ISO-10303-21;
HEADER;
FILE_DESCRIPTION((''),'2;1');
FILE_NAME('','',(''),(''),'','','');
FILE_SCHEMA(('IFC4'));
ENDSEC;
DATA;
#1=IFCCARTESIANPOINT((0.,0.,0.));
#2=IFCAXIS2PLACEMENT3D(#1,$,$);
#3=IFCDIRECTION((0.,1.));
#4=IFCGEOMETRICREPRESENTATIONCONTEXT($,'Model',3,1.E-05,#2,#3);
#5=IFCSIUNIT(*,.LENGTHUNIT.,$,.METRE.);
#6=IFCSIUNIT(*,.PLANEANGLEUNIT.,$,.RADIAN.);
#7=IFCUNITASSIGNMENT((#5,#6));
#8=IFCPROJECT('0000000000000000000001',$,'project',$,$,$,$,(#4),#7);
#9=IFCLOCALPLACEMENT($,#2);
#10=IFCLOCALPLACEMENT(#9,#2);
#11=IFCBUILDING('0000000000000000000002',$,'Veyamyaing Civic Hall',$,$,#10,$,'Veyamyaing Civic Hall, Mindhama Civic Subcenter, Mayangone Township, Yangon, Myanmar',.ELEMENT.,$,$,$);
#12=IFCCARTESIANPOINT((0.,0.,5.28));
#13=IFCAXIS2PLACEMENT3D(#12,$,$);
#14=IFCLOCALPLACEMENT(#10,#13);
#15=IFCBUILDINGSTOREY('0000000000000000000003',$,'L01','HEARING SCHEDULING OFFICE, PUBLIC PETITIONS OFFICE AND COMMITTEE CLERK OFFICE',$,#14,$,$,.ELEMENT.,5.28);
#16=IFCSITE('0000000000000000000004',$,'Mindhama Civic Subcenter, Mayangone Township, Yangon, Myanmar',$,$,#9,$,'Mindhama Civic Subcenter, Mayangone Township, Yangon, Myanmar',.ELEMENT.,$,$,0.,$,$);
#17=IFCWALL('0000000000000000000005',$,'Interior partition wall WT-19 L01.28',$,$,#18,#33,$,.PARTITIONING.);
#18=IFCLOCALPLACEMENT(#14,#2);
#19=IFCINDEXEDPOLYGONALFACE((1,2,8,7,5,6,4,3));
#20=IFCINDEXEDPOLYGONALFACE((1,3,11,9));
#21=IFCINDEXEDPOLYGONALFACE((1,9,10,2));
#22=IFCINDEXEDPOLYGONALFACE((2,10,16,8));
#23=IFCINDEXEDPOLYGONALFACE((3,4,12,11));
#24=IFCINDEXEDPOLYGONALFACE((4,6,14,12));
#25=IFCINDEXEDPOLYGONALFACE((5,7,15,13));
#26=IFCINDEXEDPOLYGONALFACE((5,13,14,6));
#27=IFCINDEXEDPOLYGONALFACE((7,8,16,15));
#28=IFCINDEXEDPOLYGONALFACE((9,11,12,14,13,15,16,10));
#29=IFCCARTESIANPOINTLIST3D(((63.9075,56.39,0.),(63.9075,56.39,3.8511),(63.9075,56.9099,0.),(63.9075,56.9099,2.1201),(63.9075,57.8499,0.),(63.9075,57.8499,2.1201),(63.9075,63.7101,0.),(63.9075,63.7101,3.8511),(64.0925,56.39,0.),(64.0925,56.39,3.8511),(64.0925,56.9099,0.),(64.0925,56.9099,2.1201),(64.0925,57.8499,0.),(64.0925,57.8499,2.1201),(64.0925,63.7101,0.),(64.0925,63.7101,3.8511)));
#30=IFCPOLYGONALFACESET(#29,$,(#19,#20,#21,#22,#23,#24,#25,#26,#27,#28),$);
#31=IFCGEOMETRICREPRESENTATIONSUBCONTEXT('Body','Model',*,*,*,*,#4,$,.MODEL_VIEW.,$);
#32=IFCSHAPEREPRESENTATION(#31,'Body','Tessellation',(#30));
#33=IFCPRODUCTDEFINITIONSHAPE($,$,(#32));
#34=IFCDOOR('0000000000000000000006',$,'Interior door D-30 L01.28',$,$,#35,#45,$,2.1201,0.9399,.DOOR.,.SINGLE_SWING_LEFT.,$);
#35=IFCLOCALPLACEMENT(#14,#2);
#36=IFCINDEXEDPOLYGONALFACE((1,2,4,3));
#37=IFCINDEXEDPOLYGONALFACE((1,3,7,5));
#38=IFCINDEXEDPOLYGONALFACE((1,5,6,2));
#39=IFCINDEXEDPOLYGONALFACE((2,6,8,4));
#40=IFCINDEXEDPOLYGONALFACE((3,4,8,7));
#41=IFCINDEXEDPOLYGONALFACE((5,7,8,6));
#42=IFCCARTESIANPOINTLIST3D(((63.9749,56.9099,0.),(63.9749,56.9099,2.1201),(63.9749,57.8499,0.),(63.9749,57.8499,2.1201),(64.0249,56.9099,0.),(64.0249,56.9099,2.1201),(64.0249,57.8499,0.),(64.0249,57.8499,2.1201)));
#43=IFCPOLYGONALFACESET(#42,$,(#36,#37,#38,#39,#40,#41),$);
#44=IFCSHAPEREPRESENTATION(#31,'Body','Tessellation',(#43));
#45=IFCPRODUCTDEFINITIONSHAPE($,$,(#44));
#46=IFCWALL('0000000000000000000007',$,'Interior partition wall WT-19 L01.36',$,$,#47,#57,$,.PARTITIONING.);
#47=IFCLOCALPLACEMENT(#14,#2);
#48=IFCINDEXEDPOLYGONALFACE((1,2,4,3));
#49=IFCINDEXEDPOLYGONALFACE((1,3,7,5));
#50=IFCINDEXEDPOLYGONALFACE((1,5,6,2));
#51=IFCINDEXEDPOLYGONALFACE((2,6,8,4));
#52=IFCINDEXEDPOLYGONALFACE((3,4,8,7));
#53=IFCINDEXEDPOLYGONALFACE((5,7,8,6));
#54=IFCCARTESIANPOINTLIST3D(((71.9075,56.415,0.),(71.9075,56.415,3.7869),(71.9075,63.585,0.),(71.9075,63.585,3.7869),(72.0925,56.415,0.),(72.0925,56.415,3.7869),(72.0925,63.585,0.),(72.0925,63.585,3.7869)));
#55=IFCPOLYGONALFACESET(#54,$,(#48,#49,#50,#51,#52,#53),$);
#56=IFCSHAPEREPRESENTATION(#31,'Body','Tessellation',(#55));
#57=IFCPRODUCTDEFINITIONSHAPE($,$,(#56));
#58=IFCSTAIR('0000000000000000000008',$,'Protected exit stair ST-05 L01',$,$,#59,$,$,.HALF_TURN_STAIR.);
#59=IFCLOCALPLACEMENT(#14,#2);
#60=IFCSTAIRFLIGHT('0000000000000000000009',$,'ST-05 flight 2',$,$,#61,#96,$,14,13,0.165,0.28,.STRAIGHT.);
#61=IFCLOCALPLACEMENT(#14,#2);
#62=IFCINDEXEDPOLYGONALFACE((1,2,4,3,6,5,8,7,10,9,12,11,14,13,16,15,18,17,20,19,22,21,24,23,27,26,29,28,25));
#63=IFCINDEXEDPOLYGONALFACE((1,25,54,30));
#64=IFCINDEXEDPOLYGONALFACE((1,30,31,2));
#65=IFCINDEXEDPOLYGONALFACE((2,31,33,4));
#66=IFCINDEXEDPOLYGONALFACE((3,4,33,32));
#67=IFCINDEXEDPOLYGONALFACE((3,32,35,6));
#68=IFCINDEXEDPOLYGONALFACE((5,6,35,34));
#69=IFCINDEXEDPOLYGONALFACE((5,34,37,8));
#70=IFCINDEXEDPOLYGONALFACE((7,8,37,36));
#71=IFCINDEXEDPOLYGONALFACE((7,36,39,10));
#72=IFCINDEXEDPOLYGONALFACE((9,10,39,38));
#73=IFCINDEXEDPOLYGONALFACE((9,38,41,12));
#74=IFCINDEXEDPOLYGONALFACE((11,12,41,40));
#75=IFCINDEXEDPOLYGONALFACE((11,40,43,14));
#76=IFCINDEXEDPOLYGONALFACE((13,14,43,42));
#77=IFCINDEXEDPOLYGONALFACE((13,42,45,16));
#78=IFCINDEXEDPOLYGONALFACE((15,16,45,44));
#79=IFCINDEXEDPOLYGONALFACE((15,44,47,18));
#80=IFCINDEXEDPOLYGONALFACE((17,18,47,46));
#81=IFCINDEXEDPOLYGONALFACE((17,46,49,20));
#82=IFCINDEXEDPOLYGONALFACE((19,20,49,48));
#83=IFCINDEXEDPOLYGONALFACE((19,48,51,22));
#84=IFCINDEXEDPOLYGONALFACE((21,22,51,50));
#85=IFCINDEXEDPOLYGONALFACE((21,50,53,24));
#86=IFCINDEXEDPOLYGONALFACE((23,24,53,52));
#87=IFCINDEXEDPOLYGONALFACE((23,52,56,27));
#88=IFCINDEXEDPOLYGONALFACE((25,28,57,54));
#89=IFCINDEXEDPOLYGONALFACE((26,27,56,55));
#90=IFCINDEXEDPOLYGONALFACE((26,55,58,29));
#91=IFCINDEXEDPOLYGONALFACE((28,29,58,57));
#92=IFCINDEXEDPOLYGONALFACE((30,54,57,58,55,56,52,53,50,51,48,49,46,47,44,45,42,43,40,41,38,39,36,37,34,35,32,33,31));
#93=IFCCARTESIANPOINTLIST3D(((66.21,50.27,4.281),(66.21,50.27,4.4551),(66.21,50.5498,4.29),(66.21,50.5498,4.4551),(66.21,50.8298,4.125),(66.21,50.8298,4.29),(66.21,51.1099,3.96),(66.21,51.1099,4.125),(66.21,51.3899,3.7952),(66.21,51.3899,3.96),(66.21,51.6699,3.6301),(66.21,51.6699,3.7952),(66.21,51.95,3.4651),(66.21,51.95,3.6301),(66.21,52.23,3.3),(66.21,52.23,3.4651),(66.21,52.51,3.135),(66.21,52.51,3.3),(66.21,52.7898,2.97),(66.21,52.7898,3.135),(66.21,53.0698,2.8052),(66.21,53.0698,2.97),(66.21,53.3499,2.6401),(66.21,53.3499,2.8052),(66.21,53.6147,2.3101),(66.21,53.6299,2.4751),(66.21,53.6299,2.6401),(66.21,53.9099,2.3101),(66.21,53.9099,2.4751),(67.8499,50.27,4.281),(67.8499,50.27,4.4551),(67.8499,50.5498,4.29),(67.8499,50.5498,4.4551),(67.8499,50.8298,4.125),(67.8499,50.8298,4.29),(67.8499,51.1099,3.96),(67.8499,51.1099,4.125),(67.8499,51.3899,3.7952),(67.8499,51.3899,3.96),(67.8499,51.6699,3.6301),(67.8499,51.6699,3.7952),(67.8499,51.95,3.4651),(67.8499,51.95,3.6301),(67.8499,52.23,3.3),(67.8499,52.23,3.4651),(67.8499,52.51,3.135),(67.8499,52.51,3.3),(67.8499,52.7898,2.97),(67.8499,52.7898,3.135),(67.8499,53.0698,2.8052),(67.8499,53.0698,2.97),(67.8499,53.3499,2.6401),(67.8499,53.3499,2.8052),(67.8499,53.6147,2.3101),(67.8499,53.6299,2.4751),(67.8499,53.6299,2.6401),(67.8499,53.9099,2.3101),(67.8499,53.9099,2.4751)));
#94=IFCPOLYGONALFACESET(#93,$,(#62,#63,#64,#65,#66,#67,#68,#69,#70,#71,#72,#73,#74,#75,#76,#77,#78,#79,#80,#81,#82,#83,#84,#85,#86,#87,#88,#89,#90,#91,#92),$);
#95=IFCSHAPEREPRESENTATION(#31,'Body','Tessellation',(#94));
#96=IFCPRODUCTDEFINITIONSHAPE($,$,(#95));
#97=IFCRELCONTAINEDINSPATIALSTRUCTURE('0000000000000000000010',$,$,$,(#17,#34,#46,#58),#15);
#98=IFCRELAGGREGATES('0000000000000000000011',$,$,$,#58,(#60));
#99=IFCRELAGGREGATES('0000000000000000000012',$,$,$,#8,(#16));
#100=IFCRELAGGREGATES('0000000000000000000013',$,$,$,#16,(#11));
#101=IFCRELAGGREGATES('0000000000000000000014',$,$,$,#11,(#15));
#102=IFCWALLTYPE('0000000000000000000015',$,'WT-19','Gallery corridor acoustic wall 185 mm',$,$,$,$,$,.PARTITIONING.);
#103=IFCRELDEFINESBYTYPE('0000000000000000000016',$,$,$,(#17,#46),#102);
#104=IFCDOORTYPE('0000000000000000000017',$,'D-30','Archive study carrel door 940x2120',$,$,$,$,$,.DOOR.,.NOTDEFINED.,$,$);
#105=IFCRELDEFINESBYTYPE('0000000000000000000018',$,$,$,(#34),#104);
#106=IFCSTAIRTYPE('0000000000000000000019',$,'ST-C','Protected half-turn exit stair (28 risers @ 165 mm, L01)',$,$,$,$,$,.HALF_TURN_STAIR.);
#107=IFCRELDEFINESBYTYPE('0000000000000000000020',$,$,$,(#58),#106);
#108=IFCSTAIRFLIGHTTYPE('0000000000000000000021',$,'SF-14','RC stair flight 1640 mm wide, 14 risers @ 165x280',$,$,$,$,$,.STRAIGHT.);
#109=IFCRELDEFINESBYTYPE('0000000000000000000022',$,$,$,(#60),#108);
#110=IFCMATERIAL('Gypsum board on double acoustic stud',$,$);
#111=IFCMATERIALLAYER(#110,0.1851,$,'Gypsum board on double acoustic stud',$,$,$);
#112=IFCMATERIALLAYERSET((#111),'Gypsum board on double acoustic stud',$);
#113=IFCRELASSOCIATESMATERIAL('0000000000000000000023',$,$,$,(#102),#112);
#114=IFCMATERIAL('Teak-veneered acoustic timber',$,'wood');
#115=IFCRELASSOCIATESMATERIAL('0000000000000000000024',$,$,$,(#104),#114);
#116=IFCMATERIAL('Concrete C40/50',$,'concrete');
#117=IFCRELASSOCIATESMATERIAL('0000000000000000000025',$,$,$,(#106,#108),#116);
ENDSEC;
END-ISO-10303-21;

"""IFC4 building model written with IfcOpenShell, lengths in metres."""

from ifc_helpers import new_model, si_unit, direction, frame, frame_2d, origin, place, context, subcontext, project, spatial, polyline, rectangle, outline, extrude, material, layer, layer_set, type_object, element, fill, aggregate, save


model = new_model("IFC4")

# Units and contexts
model_context = context("Model", 3, precision=1e-05, world=origin(), true_north=direction((0.0, 1.0)))
body_context = subcontext(model_context, "Body", "Model", "MODEL_VIEW")
ifc_project = project(units=[si_unit("LENGTHUNIT", "METRE"), si_unit("PLANEANGLEUNIT", "RADIAN")], contexts=[model_context])

# Site, building, storey
site_placement = place(None, origin())
site = spatial("IfcSite", under=ifc_project, at=site_placement, Name="Mindhama Civic Subcenter, Mayangone Township, Yangon, Myanmar", LongName="Mindhama Civic Subcenter, Mayangone Township, Yangon, Myanmar", CompositionType="ELEMENT", RefElevation=0.0)
building_placement = place(site_placement, origin())
building = spatial("IfcBuilding", under=site, at=building_placement, Name="Veyamyaing Civic Hall", LongName="Veyamyaing Civic Hall, Mindhama Civic Subcenter, Mayangone Township, Yangon, Myanmar", CompositionType="ELEMENT")
storey_placement = place(building_placement, frame((0.0, 0.0, 5.28)))
storey = spatial("IfcBuildingStorey", under=building, at=storey_placement, Name="L01", Description="HEARING SCHEDULING OFFICE, PUBLIC PETITIONS OFFICE AND COMMITTEE CLERK OFFICE", CompositionType="ELEMENT", Elevation=5.28)

# Shared definitions
ifc_material_1 = material(Name="Concrete C40/50", Category="concrete")

# Wall, opening, door
ifc_material_2 = material(Name="Gypsum board on double acoustic stud")
ifc_layer_1 = layer(ifc_material_2, 0.1851, Name="Gypsum board on double acoustic stud")
ifc_layer_set_1 = layer_set([ifc_layer_1], Name="Gypsum board on double acoustic stud")
wall_type_1 = type_object("IfcWallType", Name="WT-19", Description="Gallery corridor acoustic wall 185 mm", PredefinedType="PARTITIONING", material=ifc_layer_set_1)
wall_1_placement = place(storey_placement, frame((64.0, 56.3899, 0.0), z_axis=(0.0, 0.0, 1.0), x_axis=(0.0, 1.0, 0.0)))
wall_1 = element("IfcWall", 1, at=wall_1_placement, inside=storey, type_object=wall_type_1, Name="Interior partition wall WT-19 L01.28", PredefinedType="PARTITIONING", context=body_context, shape_type="SweptSolid", body=[
    extrude(rectangle(XDim=7.3201, YDim=0.1851, at=frame_2d((3.6602, 0.0))), origin(), (0.0, 0.0, 1.0), 3.8511),
])
opening_placement = place(wall_1_placement, frame((0.52, 0.0, 0.0)))
opening = element("IfcOpeningElement", 2, at=opening_placement, cuts=wall_1, PredefinedType="OPENING", context=body_context, shape_type="SweptSolid", body=[
    extrude(rectangle(XDim=0.9399, YDim=2.1201, at=frame_2d((0.47, 1.0601))), frame((0.0, 0.1025, 0.0), z_axis=(0.0, -1.0, 0.0), x_axis=(1.0, 0.0, 0.0)), (0.0, 0.0, 1.0), 0.2051),
])
ifc_material_3 = material(Name="Teak-veneered acoustic timber", Category="wood")
door_type = type_object("IfcDoorType", Name="D-30", Description="Archive study carrel door 940x2120", OperationType="NOTDEFINED", PredefinedType="DOOR", material=ifc_material_3)
door_placement = place(opening_placement, frame((0.9399, 0.0, 0.0), z_axis=(0.0, 0.0, 1.0), x_axis=(-1.0, 0.0, 0.0)))
door = element("IfcDoor", 3, at=door_placement, inside=storey, type_object=door_type, Name="Interior door D-30 L01.28", OperationType="SINGLE_SWING_LEFT", OverallHeight=2.1201, OverallWidth=0.9399, PredefinedType="DOOR", context=body_context, shape_type="SweptSolid", body=[
    extrude(rectangle(XDim=0.9399, YDim=2.1201, at=frame_2d((0.47, 1.0601))), frame((0.0, 0.0249, 0.0), z_axis=(0.0, -1.0, 0.0), x_axis=(1.0, 0.0, 0.0)), (0.0, 0.0, 1.0), 0.05),
])
fill(opening, door)

# Wall
wall_2_placement = place(storey_placement, frame((72.0, 56.415, 0.0), z_axis=(0.0, 0.0, 1.0), x_axis=(0.0, 1.0, 0.0)))
element("IfcWall", 4, at=wall_2_placement, inside=storey, type_object=wall_type_1, Name="Interior partition wall WT-19 L01.36", PredefinedType="PARTITIONING", context=body_context, shape_type="SweptSolid", body=[
    extrude(rectangle(XDim=7.1699, YDim=0.1851, at=frame_2d((3.585, 0.0))), origin(), (0.0, 0.0, 1.0), 3.7869),
])

# Stair, stair flight
stair_type = type_object("IfcStairType", Name="ST-C", Description="Protected half-turn exit stair (28 risers @ 165 mm, L01)", PredefinedType="HALF_TURN_STAIR", material=ifc_material_1)
stair_placement = place(storey_placement, origin())
stair = element("IfcStair", 5, at=stair_placement, inside=storey, type_object=stair_type, Name="Protected exit stair ST-05 L01", PredefinedType="HALF_TURN_STAIR")
stair_flight_type = type_object("IfcStairFlightType", Name="SF-14", Description="RC stair flight 1640 mm wide, 14 risers @ 165x280", PredefinedType="STRAIGHT", material=ifc_material_1)
stair_flight_placement = place(storey_placement, frame((67.03, 53.9099, 2.3101), z_axis=(0.0, 0.0, 1.0), x_axis=(0.0, -1.0, 0.0)))
stair_flight = element("IfcStairFlight", 6, at=stair_flight_placement, type_object=stair_flight_type, Name="ST-05 flight 2", NumberOfRisers=14, NumberOfTreads=13, PredefinedType="STRAIGHT", RiserHeight=0.165, TreadLength=0.28, context=body_context, shape_type="SweptSolid", body=[
    extrude(outline(polyline([(0.0, 0.0), (0.0, 0.165), (0.28, 0.165), (0.28, 0.3301), (0.5601, 0.3301), (0.5601, 0.4951), (0.8401, 0.4951), (0.8401, 0.6599), (1.1201, 0.6599), (1.1201, 0.825), (1.3999, 0.825), (1.3999, 0.99), (1.6799, 0.99), (1.6799, 1.155), (1.96, 1.155), (1.96, 1.3201), (2.24, 1.3201), (2.24, 1.4851), (2.52, 1.4851), (2.52, 1.6499), (2.8, 1.6499), (2.8, 1.8149), (3.0801, 1.8149), (3.0801, 1.98), (3.3601, 1.98), (3.3601, 2.145), (3.6399, 2.145), (3.6399, 2.3101), (3.6399, 1.9709), (0.2952, 0.0), (0.0, 0.0)])), frame((0.0, 0.8198, 0.0), z_axis=(0.0, -1.0, 0.0), x_axis=(1.0, 0.0, 0.0)), (0.0, 0.0, 1.0), 1.6399),
])
aggregate(stair, [stair_flight])

save(model, "model.ifc")
